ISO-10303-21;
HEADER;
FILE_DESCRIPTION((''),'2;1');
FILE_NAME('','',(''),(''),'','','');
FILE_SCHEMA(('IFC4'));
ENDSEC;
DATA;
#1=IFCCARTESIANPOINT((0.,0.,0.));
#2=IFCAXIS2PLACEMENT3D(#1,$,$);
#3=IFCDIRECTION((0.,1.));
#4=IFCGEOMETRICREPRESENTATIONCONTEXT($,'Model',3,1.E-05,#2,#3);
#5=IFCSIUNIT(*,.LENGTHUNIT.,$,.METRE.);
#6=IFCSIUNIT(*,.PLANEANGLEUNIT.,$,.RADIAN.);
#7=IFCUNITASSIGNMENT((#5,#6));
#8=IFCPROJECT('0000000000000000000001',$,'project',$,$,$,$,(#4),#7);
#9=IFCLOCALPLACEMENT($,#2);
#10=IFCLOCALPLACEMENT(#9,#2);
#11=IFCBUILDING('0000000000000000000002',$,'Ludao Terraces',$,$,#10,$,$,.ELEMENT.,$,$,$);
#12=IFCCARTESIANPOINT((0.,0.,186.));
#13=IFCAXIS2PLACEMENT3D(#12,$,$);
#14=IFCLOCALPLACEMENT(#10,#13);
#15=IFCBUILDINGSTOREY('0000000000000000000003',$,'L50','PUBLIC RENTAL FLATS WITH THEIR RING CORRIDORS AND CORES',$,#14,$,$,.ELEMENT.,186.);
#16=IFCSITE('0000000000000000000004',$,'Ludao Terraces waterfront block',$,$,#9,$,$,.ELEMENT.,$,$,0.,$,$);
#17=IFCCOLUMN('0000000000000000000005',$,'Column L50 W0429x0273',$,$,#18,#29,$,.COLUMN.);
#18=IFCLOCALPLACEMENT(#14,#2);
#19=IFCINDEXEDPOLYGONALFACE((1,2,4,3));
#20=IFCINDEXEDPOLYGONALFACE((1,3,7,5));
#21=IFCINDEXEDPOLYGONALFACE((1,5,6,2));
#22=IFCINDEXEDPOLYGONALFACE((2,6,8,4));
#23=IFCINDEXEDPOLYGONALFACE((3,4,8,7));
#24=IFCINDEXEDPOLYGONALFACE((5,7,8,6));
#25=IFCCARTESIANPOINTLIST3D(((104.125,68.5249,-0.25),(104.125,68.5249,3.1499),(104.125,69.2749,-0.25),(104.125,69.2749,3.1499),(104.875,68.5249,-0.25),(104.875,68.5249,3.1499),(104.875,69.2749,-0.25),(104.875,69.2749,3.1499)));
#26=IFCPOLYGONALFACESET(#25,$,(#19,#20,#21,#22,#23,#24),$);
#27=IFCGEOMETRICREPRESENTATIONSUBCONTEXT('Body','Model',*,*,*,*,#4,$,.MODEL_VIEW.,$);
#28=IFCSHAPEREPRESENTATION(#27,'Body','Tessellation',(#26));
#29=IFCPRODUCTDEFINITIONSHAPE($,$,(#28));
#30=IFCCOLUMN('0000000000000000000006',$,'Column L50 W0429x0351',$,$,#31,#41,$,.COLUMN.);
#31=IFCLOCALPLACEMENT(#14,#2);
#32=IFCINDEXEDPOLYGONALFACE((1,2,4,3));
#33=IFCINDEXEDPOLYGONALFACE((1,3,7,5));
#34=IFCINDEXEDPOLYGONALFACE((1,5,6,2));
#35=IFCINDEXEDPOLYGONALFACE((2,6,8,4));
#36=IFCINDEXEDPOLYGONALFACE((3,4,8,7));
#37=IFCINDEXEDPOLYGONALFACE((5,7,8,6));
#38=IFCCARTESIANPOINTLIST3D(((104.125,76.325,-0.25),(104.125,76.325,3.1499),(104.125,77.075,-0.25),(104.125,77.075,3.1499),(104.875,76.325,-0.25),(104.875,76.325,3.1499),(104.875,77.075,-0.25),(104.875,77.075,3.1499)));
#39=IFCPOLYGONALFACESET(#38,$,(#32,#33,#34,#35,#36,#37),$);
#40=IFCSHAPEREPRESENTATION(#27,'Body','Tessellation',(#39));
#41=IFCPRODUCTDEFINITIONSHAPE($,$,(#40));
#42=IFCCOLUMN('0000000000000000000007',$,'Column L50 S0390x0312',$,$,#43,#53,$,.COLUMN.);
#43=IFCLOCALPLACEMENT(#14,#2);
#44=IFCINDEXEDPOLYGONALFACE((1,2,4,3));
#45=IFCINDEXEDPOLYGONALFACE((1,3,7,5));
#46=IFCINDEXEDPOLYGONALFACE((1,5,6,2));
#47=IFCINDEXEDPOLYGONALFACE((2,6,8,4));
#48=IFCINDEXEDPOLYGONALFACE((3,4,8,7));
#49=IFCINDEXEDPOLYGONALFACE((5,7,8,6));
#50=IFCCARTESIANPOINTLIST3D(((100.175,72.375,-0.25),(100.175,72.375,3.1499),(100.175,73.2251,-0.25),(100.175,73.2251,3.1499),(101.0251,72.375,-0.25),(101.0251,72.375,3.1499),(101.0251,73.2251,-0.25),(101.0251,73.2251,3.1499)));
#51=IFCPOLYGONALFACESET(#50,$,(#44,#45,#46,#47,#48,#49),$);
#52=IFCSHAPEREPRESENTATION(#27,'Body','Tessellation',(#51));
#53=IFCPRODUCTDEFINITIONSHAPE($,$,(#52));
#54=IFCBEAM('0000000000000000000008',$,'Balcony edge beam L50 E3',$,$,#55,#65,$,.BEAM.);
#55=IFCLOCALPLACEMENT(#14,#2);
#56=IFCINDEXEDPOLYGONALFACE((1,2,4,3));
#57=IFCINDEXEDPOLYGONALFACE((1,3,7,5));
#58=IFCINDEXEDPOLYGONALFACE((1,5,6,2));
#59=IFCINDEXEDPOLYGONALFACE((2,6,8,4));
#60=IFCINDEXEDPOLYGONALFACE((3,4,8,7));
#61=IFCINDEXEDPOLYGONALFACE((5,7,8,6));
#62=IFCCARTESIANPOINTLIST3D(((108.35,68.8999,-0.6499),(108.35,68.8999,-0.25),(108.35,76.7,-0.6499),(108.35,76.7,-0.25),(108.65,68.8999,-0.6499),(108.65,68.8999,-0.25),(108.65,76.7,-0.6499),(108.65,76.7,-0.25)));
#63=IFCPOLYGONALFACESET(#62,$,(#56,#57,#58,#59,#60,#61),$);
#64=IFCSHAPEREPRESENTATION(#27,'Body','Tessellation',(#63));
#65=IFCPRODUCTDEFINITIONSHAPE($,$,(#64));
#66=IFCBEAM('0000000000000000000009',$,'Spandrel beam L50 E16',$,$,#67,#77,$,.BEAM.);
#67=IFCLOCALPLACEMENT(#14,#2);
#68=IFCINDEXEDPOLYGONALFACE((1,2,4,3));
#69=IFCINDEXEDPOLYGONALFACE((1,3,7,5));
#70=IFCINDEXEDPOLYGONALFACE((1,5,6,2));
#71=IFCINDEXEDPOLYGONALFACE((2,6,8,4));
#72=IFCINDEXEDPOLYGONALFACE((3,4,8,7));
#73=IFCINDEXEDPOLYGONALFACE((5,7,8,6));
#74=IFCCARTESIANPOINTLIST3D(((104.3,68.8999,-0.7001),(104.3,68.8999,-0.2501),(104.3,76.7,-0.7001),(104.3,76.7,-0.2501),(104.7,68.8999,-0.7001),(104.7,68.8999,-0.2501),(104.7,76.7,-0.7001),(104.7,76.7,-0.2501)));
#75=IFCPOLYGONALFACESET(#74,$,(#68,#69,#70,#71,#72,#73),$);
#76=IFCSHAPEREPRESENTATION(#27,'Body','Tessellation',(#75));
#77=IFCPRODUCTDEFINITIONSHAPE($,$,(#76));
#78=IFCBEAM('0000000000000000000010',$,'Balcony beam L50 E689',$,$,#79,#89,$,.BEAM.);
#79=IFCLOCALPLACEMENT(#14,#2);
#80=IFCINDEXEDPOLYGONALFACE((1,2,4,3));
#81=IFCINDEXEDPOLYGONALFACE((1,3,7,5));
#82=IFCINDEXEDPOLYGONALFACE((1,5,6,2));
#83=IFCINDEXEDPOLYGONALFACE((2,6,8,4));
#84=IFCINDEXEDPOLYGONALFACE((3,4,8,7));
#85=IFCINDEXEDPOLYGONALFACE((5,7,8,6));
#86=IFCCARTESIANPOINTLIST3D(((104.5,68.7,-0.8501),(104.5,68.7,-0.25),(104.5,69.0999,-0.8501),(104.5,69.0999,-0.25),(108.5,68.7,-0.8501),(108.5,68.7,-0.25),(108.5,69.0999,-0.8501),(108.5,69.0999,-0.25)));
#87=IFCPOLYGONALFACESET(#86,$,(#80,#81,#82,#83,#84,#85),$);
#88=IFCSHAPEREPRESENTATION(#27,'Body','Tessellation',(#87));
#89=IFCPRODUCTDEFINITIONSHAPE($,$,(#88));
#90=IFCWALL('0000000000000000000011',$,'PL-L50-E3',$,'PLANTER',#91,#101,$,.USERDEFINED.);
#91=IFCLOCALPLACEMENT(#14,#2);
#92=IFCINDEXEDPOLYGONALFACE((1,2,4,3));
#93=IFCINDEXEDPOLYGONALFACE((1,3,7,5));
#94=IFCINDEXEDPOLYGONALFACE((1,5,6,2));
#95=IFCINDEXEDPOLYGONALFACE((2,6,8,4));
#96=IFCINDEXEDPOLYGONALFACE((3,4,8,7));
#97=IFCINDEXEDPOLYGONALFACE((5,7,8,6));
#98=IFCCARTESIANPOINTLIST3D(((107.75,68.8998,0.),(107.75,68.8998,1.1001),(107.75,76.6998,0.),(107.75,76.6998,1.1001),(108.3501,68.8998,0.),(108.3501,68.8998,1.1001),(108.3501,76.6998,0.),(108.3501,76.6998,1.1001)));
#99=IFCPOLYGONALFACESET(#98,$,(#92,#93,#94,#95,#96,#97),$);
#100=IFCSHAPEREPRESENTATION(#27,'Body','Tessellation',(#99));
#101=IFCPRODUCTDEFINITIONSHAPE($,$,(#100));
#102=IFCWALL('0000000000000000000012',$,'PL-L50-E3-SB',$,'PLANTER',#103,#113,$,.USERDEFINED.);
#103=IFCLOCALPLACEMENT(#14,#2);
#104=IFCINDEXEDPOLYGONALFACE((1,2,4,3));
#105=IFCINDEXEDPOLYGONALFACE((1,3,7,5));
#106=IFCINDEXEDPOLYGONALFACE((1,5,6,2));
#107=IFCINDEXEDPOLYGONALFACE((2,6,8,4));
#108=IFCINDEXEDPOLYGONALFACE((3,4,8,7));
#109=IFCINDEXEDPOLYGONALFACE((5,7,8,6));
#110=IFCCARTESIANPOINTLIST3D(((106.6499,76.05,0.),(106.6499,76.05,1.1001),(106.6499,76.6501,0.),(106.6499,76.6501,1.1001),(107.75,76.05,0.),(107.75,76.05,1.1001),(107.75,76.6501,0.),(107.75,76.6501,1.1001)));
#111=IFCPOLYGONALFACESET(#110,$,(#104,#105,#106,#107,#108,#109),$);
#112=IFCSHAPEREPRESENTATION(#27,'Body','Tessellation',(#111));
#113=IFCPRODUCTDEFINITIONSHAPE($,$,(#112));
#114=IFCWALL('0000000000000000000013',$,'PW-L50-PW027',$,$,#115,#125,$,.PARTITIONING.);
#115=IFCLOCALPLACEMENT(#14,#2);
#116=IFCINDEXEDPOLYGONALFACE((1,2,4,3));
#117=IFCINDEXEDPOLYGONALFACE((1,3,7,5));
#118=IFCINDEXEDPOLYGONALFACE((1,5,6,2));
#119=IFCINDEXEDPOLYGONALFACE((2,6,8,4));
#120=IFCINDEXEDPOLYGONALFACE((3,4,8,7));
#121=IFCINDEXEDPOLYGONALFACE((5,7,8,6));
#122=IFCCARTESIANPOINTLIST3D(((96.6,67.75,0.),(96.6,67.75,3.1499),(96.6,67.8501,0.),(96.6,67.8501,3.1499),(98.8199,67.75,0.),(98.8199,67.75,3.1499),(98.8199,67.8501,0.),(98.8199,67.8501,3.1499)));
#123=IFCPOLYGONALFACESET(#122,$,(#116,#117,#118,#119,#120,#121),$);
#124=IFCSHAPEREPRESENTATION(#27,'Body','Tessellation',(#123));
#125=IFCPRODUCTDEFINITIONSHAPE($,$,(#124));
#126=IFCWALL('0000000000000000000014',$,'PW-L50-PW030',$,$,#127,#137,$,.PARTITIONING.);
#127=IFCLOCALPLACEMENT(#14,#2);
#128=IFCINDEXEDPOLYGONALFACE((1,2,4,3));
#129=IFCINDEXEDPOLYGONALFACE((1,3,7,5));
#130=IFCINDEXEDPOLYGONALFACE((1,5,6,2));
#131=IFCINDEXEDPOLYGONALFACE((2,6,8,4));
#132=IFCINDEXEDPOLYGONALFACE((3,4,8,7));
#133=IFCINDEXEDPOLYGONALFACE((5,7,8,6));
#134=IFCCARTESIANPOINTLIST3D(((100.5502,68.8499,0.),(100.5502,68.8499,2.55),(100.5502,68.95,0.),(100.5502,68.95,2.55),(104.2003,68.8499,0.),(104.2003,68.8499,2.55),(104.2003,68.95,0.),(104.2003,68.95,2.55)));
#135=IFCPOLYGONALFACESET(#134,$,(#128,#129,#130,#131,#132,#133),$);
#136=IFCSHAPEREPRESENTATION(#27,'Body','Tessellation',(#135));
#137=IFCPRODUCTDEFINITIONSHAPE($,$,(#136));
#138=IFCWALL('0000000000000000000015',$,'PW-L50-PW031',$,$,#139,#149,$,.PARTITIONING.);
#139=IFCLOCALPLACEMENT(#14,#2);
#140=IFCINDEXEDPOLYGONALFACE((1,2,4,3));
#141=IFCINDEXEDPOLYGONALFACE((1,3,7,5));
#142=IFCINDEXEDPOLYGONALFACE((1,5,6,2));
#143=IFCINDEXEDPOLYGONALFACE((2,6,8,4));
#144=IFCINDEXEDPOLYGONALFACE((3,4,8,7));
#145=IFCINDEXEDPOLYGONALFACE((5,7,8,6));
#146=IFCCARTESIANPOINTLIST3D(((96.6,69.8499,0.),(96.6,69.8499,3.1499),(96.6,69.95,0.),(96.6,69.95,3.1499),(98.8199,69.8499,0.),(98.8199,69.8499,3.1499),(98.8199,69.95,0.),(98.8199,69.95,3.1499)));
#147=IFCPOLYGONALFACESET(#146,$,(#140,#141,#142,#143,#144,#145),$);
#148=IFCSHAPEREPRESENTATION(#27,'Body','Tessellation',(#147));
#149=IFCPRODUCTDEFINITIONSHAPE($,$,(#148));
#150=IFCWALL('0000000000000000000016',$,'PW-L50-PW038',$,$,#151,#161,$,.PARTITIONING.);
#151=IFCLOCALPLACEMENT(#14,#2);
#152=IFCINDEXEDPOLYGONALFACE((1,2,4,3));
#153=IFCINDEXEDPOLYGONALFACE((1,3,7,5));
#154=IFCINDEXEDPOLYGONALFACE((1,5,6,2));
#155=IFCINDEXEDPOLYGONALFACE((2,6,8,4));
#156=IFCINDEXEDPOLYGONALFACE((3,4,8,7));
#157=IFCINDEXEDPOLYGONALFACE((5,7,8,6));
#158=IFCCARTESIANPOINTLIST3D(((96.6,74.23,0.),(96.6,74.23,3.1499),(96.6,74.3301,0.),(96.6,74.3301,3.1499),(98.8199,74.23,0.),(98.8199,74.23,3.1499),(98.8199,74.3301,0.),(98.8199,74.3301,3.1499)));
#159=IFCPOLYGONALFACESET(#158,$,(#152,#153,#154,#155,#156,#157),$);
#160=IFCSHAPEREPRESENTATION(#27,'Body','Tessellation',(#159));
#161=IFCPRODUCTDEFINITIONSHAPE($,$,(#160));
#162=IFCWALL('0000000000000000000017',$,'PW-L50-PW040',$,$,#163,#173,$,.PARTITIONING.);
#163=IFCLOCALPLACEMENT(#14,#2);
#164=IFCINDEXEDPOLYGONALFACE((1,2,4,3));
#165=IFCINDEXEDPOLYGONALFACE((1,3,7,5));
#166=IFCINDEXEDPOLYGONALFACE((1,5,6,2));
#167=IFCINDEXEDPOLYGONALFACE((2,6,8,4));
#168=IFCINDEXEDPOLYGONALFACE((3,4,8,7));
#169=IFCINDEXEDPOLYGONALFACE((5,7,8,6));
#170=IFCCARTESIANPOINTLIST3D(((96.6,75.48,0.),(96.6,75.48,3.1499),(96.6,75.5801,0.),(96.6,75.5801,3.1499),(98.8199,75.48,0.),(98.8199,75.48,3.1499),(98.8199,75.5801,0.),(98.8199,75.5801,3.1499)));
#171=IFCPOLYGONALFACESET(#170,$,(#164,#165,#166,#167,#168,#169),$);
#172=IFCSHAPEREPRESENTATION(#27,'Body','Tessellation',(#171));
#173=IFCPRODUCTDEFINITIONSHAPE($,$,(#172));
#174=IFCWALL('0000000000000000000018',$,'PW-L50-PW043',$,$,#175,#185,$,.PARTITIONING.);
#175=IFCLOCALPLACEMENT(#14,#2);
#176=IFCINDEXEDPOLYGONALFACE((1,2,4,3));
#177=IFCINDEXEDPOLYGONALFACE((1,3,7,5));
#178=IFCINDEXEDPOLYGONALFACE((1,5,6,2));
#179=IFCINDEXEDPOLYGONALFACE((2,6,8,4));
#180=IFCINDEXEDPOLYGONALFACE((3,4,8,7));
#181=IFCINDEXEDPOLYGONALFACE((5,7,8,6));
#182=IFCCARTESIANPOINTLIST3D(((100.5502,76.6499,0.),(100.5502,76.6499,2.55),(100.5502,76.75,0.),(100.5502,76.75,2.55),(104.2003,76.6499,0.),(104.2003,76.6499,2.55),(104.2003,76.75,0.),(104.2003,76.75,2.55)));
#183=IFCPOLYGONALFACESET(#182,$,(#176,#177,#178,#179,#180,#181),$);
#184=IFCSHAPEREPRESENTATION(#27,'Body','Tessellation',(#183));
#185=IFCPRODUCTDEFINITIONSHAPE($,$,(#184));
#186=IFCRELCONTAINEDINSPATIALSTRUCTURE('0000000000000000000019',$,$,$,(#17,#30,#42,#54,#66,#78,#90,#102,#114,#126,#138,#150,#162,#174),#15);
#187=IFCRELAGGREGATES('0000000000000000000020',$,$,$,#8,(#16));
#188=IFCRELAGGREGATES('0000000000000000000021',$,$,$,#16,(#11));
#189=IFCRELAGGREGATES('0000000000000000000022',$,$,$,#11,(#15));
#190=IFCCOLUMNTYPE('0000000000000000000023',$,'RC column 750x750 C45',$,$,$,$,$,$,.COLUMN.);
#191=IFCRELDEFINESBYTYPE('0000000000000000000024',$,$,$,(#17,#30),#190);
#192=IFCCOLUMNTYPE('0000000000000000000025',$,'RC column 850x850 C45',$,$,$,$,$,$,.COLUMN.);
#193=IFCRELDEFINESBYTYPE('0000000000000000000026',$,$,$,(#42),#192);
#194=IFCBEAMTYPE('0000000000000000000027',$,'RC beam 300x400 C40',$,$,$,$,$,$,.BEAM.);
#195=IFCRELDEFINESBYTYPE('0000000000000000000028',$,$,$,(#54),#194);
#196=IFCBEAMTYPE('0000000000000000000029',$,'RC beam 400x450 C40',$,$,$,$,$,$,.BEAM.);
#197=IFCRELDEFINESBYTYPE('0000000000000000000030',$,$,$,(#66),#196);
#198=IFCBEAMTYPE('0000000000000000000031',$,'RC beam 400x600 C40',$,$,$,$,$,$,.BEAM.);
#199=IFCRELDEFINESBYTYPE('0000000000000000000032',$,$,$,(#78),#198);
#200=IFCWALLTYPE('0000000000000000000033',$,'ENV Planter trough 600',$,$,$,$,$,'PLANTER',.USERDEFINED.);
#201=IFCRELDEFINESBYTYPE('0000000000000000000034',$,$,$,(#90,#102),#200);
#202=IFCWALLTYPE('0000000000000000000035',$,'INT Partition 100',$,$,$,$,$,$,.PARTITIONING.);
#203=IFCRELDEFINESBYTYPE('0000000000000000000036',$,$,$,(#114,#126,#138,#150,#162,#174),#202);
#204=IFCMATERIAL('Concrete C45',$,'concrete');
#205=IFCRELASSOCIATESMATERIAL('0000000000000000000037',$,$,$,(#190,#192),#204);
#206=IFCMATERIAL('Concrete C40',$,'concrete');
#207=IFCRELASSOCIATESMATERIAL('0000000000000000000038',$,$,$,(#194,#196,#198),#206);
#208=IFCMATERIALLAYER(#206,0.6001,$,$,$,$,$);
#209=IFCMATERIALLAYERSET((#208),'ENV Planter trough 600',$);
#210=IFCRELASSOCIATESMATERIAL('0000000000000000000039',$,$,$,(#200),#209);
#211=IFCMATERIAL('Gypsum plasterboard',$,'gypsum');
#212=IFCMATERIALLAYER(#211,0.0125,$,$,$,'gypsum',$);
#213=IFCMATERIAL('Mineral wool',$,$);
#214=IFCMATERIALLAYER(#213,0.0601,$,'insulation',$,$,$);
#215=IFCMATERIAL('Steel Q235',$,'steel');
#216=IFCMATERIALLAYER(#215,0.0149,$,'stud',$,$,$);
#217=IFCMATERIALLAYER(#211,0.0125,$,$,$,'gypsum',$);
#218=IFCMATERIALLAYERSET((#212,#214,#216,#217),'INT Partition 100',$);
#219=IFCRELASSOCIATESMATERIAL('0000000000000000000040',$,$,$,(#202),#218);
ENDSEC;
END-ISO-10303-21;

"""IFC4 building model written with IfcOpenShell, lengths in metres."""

from ifc_helpers import new_model, si_unit, direction, frame, frame_2d, origin, origin_2d, place, context, subcontext, project, spatial, rectangle, extrude, material, layer, layer_set, material_profile, profile_set, type_object, element, save


model = new_model("IFC4")

# Units and contexts
model_context = context("Model", 3, precision=1e-05, world=origin(), true_north=direction((0.0, 1.0)))
body_context = subcontext(model_context, "Body", "Model", "MODEL_VIEW")
ifc_project = project(units=[si_unit("LENGTHUNIT", "METRE"), si_unit("PLANEANGLEUNIT", "RADIAN")], contexts=[model_context])

# Site, building, storey
site_placement = place(None, origin())
site = spatial("IfcSite", under=ifc_project, at=site_placement, Name="Ludao Terraces waterfront block", CompositionType="ELEMENT", RefElevation=0.0)
building_placement = place(site_placement, origin())
building = spatial("IfcBuilding", under=site, at=building_placement, Name="Ludao Terraces", CompositionType="ELEMENT")
storey_placement = place(building_placement, frame((0.0, 0.0, 186.0)))
storey = spatial("IfcBuildingStorey", under=building, at=storey_placement, Name="L50", Description="PUBLIC RENTAL FLATS WITH THEIR RING CORRIDORS AND CORES", CompositionType="ELEMENT", Elevation=186.0)

# Columns
ifc_material_1 = material(Name="Concrete C45", Category="concrete")
ifc_material_profile_1 = material_profile(ifc_material_1, rectangle(XDim=0.75, YDim=0.75, at=origin_2d()), Name="750 X 750")
ifc_profile_set_1 = profile_set([ifc_material_profile_1], Name="Concrete C45")
column_type_1 = type_object("IfcColumnType", Name="RC column 750x750 C45", PredefinedType="COLUMN", material=ifc_profile_set_1)
for number, where, z_axis, x_axis, name in (
    (1, (104.5, 68.8999, -0.25), (0.0, 0.0, 1.0), (1.0, 0.0, 0.0), "Column L50 W0429x0273"),
    (2, (104.5, 76.7, -0.25), (0.0, 0.0, 1.0), (1.0, 0.0, 0.0), "Column L50 W0429x0351"),
):
    element("IfcColumn", number, at=place(storey_placement, frame(where, z_axis=z_axis, x_axis=x_axis)), inside=storey, type_object=column_type_1, Name=name, PredefinedType="COLUMN", context=body_context, shape_type="SweptSolid", body=[
        extrude(rectangle(XDim=0.75, YDim=0.75, at=origin_2d()), origin(), (0.0, 0.0, 1.0), 3.3999),
    ])
ifc_material_profile_2 = material_profile(ifc_material_1, rectangle(XDim=0.8501, YDim=0.8501, at=origin_2d()), Name="850 X 850")
ifc_profile_set_2 = profile_set([ifc_material_profile_2], Name="Concrete C45")
column_type_2 = type_object("IfcColumnType", Name="RC column 850x850 C45", PredefinedType="COLUMN", material=ifc_profile_set_2)
column_placement = place(storey_placement, frame((100.6001, 72.8, -0.25), z_axis=(0.0, 0.0, 1.0), x_axis=(1.0, 0.0, 0.0)))
element("IfcColumn", 3, at=column_placement, inside=storey, type_object=column_type_2, Name="Column L50 S0390x0312", PredefinedType="COLUMN", context=body_context, shape_type="SweptSolid", body=[
    extrude(rectangle(XDim=0.8501, YDim=0.8501, at=origin_2d()), origin(), (0.0, 0.0, 1.0), 3.3999),
])

# Beams
ifc_material_2 = material(Name="Concrete C40", Category="concrete")
ifc_material_profile_3 = material_profile(ifc_material_2, rectangle(XDim=0.3, YDim=0.3999, at=origin_2d()), Name="300 X 400")
ifc_profile_set_3 = profile_set([ifc_material_profile_3], Name="Concrete C40")
beam_type_1 = type_object("IfcBeamType", Name="RC beam 300x400 C40", PredefinedType="BEAM", material=ifc_profile_set_3)
beam_1_placement = place(storey_placement, frame((108.5, 68.8999, -0.45), z_axis=(0.0, 1.0, 0.0), x_axis=(-1.0, 0.0, 0.0)))
element("IfcBeam", 4, at=beam_1_placement, inside=storey, type_object=beam_type_1, Name="Balcony edge beam L50 E3", PredefinedType="BEAM", context=body_context, shape_type="SweptSolid", body=[
    extrude(rectangle(XDim=0.3, YDim=0.3999, at=origin_2d()), origin(), (0.0, 0.0, 1.0), 7.8),
])
ifc_material_profile_4 = material_profile(ifc_material_2, rectangle(XDim=0.3999, YDim=0.45, at=origin_2d()), Name="400 X 450")
ifc_profile_set_4 = profile_set([ifc_material_profile_4], Name="Concrete C40")
beam_type_2 = type_object("IfcBeamType", Name="RC beam 400x450 C40", PredefinedType="BEAM", material=ifc_profile_set_4)
beam_2_placement = place(storey_placement, frame((104.5, 68.8999, -0.4751), z_axis=(0.0, 1.0, 0.0), x_axis=(-1.0, 0.0, 0.0)))
element("IfcBeam", 5, at=beam_2_placement, inside=storey, type_object=beam_type_2, Name="Spandrel beam L50 E16", PredefinedType="BEAM", context=body_context, shape_type="SweptSolid", body=[
    extrude(rectangle(XDim=0.3999, YDim=0.45, at=origin_2d()), origin(), (0.0, 0.0, 1.0), 7.8),
])
ifc_material_profile_5 = material_profile(ifc_material_2, rectangle(XDim=0.3999, YDim=0.6001, at=origin_2d()), Name="400 X 600")
ifc_profile_set_5 = profile_set([ifc_material_profile_5], Name="Concrete C40")
beam_type_3 = type_object("IfcBeamType", Name="RC beam 400x600 C40", PredefinedType="BEAM", material=ifc_profile_set_5)
beam_3_placement = place(storey_placement, frame((104.5, 68.8999, -0.55), z_axis=(1.0, 0.0, 0.0), x_axis=(0.0, 1.0, 0.0)))
element("IfcBeam", 6, at=beam_3_placement, inside=storey, type_object=beam_type_3, Name="Balcony beam L50 E689", PredefinedType="BEAM", context=body_context, shape_type="SweptSolid", body=[
    extrude(rectangle(XDim=0.3999, YDim=0.6001, at=origin_2d()), origin(), (0.0, 0.0, 1.0), 4.0),
])

# Walls
ifc_layer_1 = layer(ifc_material_2, 0.6001)
ifc_layer_set_1 = layer_set([ifc_layer_1], Name="ENV Planter trough 600")
wall_type_1 = type_object("IfcWallType", Name="ENV Planter trough 600", ElementType="PLANTER", PredefinedType="USERDEFINED", material=ifc_layer_set_1)
wall_1_placement = place(storey_placement, frame((108.05, 68.8999, 0.0), z_axis=(0.0, 0.0, 1.0), x_axis=(0.0, 1.0, 0.0)))
element("IfcWall", 7, at=wall_1_placement, inside=storey, type_object=wall_type_1, Name="PL-L50-E3", ObjectType="PLANTER", PredefinedType="USERDEFINED", context=body_context, shape_type="SweptSolid", body=[
    extrude(rectangle(XDim=7.8, YDim=0.6001, at=frame_2d((3.8999, 0.0))), origin(), (0.0, 0.0, 1.0), 1.1001),
])
wall_2_placement = place(storey_placement, frame((107.75, 76.3501, 0.0), z_axis=(0.0, 0.0, 1.0), x_axis=(-1.0, 0.0, 0.0)))
element("IfcWall", 8, at=wall_2_placement, inside=storey, type_object=wall_type_1, Name="PL-L50-E3-SB", ObjectType="PLANTER", PredefinedType="USERDEFINED", context=body_context, shape_type="SweptSolid", body=[
    extrude(rectangle(XDim=1.1001, YDim=0.6001, at=frame_2d((0.55, 0.0))), origin(), (0.0, 0.0, 1.0), 1.1001),
])

# Shared definitions
ifc_material_3 = material(Name="Mineral wool")

# Walls
ifc_material_4 = material(Name="Gypsum plasterboard", Category="gypsum")
ifc_layer_2 = layer(ifc_material_4, 0.0125, Category="gypsum")
ifc_layer_3 = layer(ifc_material_3, 0.0601, Name="insulation")
ifc_material_5 = material(Name="Steel Q235", Category="steel")
ifc_layer_4 = layer(ifc_material_5, 0.0149, Name="stud")
ifc_layer_5 = layer(ifc_material_4, 0.0125, Category="gypsum")
ifc_layer_set_2 = layer_set([ifc_layer_2, ifc_layer_3, ifc_layer_4, ifc_layer_5], Name="INT Partition 100")
wall_type_2 = type_object("IfcWallType", Name="INT Partition 100", PredefinedType="PARTITIONING", material=ifc_layer_set_2)
wall_3_placement = place(storey_placement, frame((96.6001, 67.8, 0.0), z_axis=(0.0, 0.0, 1.0), x_axis=(1.0, 0.0, 0.0)))
element("IfcWall", 9, at=wall_3_placement, inside=storey, type_object=wall_type_2, Name="PW-L50-PW027", PredefinedType="PARTITIONING", context=body_context, shape_type="SweptSolid", body=[
    extrude(rectangle(XDim=2.22, YDim=0.1001, at=frame_2d((1.1099, 0.0))), origin(), (0.0, 0.0, 1.0), 3.1499),
])
wall_4_placement = place(storey_placement, frame((100.55, 68.8999, 0.0), z_axis=(0.0, 0.0, 1.0), x_axis=(1.0, 0.0, 0.0)))
element("IfcWall", 10, at=wall_4_placement, inside=storey, type_object=wall_type_2, Name="PW-L50-PW030", PredefinedType="PARTITIONING", context=body_context, shape_type="SweptSolid", body=[
    extrude(rectangle(XDim=3.6501, YDim=0.1001, at=frame_2d((1.8252, 0.0))), origin(), (0.0, 0.0, 1.0), 2.55),
])
for number, where, z_axis, x_axis, name in (
    (11, (96.6001, 69.8999, 0.0), (0.0, 0.0, 1.0), (1.0, 0.0, 0.0), "PW-L50-PW031"),
    (12, (96.6001, 74.28, 0.0), (0.0, 0.0, 1.0), (1.0, 0.0, 0.0), "PW-L50-PW038"),
    (13, (96.6001, 75.53, 0.0), (0.0, 0.0, 1.0), (1.0, 0.0, 0.0), "PW-L50-PW040"),
):
    element("IfcWall", number, at=place(storey_placement, frame(where, z_axis=z_axis, x_axis=x_axis)), inside=storey, type_object=wall_type_2, Name=name, PredefinedType="PARTITIONING", context=body_context, shape_type="SweptSolid", body=[
        extrude(rectangle(XDim=2.22, YDim=0.1001, at=frame_2d((1.1099, 0.0))), origin(), (0.0, 0.0, 1.0), 3.1499),
    ])
wall_5_placement = place(storey_placement, frame((100.55, 76.7, 0.0), z_axis=(0.0, 0.0, 1.0), x_axis=(1.0, 0.0, 0.0)))
element("IfcWall", 14, at=wall_5_placement, inside=storey, type_object=wall_type_2, Name="PW-L50-PW043", PredefinedType="PARTITIONING", context=body_context, shape_type="SweptSolid", body=[
    extrude(rectangle(XDim=3.6501, YDim=0.1001, at=frame_2d((1.8252, 0.0))), origin(), (0.0, 0.0, 1.0), 2.55),
])

save(model, "model.ifc")
